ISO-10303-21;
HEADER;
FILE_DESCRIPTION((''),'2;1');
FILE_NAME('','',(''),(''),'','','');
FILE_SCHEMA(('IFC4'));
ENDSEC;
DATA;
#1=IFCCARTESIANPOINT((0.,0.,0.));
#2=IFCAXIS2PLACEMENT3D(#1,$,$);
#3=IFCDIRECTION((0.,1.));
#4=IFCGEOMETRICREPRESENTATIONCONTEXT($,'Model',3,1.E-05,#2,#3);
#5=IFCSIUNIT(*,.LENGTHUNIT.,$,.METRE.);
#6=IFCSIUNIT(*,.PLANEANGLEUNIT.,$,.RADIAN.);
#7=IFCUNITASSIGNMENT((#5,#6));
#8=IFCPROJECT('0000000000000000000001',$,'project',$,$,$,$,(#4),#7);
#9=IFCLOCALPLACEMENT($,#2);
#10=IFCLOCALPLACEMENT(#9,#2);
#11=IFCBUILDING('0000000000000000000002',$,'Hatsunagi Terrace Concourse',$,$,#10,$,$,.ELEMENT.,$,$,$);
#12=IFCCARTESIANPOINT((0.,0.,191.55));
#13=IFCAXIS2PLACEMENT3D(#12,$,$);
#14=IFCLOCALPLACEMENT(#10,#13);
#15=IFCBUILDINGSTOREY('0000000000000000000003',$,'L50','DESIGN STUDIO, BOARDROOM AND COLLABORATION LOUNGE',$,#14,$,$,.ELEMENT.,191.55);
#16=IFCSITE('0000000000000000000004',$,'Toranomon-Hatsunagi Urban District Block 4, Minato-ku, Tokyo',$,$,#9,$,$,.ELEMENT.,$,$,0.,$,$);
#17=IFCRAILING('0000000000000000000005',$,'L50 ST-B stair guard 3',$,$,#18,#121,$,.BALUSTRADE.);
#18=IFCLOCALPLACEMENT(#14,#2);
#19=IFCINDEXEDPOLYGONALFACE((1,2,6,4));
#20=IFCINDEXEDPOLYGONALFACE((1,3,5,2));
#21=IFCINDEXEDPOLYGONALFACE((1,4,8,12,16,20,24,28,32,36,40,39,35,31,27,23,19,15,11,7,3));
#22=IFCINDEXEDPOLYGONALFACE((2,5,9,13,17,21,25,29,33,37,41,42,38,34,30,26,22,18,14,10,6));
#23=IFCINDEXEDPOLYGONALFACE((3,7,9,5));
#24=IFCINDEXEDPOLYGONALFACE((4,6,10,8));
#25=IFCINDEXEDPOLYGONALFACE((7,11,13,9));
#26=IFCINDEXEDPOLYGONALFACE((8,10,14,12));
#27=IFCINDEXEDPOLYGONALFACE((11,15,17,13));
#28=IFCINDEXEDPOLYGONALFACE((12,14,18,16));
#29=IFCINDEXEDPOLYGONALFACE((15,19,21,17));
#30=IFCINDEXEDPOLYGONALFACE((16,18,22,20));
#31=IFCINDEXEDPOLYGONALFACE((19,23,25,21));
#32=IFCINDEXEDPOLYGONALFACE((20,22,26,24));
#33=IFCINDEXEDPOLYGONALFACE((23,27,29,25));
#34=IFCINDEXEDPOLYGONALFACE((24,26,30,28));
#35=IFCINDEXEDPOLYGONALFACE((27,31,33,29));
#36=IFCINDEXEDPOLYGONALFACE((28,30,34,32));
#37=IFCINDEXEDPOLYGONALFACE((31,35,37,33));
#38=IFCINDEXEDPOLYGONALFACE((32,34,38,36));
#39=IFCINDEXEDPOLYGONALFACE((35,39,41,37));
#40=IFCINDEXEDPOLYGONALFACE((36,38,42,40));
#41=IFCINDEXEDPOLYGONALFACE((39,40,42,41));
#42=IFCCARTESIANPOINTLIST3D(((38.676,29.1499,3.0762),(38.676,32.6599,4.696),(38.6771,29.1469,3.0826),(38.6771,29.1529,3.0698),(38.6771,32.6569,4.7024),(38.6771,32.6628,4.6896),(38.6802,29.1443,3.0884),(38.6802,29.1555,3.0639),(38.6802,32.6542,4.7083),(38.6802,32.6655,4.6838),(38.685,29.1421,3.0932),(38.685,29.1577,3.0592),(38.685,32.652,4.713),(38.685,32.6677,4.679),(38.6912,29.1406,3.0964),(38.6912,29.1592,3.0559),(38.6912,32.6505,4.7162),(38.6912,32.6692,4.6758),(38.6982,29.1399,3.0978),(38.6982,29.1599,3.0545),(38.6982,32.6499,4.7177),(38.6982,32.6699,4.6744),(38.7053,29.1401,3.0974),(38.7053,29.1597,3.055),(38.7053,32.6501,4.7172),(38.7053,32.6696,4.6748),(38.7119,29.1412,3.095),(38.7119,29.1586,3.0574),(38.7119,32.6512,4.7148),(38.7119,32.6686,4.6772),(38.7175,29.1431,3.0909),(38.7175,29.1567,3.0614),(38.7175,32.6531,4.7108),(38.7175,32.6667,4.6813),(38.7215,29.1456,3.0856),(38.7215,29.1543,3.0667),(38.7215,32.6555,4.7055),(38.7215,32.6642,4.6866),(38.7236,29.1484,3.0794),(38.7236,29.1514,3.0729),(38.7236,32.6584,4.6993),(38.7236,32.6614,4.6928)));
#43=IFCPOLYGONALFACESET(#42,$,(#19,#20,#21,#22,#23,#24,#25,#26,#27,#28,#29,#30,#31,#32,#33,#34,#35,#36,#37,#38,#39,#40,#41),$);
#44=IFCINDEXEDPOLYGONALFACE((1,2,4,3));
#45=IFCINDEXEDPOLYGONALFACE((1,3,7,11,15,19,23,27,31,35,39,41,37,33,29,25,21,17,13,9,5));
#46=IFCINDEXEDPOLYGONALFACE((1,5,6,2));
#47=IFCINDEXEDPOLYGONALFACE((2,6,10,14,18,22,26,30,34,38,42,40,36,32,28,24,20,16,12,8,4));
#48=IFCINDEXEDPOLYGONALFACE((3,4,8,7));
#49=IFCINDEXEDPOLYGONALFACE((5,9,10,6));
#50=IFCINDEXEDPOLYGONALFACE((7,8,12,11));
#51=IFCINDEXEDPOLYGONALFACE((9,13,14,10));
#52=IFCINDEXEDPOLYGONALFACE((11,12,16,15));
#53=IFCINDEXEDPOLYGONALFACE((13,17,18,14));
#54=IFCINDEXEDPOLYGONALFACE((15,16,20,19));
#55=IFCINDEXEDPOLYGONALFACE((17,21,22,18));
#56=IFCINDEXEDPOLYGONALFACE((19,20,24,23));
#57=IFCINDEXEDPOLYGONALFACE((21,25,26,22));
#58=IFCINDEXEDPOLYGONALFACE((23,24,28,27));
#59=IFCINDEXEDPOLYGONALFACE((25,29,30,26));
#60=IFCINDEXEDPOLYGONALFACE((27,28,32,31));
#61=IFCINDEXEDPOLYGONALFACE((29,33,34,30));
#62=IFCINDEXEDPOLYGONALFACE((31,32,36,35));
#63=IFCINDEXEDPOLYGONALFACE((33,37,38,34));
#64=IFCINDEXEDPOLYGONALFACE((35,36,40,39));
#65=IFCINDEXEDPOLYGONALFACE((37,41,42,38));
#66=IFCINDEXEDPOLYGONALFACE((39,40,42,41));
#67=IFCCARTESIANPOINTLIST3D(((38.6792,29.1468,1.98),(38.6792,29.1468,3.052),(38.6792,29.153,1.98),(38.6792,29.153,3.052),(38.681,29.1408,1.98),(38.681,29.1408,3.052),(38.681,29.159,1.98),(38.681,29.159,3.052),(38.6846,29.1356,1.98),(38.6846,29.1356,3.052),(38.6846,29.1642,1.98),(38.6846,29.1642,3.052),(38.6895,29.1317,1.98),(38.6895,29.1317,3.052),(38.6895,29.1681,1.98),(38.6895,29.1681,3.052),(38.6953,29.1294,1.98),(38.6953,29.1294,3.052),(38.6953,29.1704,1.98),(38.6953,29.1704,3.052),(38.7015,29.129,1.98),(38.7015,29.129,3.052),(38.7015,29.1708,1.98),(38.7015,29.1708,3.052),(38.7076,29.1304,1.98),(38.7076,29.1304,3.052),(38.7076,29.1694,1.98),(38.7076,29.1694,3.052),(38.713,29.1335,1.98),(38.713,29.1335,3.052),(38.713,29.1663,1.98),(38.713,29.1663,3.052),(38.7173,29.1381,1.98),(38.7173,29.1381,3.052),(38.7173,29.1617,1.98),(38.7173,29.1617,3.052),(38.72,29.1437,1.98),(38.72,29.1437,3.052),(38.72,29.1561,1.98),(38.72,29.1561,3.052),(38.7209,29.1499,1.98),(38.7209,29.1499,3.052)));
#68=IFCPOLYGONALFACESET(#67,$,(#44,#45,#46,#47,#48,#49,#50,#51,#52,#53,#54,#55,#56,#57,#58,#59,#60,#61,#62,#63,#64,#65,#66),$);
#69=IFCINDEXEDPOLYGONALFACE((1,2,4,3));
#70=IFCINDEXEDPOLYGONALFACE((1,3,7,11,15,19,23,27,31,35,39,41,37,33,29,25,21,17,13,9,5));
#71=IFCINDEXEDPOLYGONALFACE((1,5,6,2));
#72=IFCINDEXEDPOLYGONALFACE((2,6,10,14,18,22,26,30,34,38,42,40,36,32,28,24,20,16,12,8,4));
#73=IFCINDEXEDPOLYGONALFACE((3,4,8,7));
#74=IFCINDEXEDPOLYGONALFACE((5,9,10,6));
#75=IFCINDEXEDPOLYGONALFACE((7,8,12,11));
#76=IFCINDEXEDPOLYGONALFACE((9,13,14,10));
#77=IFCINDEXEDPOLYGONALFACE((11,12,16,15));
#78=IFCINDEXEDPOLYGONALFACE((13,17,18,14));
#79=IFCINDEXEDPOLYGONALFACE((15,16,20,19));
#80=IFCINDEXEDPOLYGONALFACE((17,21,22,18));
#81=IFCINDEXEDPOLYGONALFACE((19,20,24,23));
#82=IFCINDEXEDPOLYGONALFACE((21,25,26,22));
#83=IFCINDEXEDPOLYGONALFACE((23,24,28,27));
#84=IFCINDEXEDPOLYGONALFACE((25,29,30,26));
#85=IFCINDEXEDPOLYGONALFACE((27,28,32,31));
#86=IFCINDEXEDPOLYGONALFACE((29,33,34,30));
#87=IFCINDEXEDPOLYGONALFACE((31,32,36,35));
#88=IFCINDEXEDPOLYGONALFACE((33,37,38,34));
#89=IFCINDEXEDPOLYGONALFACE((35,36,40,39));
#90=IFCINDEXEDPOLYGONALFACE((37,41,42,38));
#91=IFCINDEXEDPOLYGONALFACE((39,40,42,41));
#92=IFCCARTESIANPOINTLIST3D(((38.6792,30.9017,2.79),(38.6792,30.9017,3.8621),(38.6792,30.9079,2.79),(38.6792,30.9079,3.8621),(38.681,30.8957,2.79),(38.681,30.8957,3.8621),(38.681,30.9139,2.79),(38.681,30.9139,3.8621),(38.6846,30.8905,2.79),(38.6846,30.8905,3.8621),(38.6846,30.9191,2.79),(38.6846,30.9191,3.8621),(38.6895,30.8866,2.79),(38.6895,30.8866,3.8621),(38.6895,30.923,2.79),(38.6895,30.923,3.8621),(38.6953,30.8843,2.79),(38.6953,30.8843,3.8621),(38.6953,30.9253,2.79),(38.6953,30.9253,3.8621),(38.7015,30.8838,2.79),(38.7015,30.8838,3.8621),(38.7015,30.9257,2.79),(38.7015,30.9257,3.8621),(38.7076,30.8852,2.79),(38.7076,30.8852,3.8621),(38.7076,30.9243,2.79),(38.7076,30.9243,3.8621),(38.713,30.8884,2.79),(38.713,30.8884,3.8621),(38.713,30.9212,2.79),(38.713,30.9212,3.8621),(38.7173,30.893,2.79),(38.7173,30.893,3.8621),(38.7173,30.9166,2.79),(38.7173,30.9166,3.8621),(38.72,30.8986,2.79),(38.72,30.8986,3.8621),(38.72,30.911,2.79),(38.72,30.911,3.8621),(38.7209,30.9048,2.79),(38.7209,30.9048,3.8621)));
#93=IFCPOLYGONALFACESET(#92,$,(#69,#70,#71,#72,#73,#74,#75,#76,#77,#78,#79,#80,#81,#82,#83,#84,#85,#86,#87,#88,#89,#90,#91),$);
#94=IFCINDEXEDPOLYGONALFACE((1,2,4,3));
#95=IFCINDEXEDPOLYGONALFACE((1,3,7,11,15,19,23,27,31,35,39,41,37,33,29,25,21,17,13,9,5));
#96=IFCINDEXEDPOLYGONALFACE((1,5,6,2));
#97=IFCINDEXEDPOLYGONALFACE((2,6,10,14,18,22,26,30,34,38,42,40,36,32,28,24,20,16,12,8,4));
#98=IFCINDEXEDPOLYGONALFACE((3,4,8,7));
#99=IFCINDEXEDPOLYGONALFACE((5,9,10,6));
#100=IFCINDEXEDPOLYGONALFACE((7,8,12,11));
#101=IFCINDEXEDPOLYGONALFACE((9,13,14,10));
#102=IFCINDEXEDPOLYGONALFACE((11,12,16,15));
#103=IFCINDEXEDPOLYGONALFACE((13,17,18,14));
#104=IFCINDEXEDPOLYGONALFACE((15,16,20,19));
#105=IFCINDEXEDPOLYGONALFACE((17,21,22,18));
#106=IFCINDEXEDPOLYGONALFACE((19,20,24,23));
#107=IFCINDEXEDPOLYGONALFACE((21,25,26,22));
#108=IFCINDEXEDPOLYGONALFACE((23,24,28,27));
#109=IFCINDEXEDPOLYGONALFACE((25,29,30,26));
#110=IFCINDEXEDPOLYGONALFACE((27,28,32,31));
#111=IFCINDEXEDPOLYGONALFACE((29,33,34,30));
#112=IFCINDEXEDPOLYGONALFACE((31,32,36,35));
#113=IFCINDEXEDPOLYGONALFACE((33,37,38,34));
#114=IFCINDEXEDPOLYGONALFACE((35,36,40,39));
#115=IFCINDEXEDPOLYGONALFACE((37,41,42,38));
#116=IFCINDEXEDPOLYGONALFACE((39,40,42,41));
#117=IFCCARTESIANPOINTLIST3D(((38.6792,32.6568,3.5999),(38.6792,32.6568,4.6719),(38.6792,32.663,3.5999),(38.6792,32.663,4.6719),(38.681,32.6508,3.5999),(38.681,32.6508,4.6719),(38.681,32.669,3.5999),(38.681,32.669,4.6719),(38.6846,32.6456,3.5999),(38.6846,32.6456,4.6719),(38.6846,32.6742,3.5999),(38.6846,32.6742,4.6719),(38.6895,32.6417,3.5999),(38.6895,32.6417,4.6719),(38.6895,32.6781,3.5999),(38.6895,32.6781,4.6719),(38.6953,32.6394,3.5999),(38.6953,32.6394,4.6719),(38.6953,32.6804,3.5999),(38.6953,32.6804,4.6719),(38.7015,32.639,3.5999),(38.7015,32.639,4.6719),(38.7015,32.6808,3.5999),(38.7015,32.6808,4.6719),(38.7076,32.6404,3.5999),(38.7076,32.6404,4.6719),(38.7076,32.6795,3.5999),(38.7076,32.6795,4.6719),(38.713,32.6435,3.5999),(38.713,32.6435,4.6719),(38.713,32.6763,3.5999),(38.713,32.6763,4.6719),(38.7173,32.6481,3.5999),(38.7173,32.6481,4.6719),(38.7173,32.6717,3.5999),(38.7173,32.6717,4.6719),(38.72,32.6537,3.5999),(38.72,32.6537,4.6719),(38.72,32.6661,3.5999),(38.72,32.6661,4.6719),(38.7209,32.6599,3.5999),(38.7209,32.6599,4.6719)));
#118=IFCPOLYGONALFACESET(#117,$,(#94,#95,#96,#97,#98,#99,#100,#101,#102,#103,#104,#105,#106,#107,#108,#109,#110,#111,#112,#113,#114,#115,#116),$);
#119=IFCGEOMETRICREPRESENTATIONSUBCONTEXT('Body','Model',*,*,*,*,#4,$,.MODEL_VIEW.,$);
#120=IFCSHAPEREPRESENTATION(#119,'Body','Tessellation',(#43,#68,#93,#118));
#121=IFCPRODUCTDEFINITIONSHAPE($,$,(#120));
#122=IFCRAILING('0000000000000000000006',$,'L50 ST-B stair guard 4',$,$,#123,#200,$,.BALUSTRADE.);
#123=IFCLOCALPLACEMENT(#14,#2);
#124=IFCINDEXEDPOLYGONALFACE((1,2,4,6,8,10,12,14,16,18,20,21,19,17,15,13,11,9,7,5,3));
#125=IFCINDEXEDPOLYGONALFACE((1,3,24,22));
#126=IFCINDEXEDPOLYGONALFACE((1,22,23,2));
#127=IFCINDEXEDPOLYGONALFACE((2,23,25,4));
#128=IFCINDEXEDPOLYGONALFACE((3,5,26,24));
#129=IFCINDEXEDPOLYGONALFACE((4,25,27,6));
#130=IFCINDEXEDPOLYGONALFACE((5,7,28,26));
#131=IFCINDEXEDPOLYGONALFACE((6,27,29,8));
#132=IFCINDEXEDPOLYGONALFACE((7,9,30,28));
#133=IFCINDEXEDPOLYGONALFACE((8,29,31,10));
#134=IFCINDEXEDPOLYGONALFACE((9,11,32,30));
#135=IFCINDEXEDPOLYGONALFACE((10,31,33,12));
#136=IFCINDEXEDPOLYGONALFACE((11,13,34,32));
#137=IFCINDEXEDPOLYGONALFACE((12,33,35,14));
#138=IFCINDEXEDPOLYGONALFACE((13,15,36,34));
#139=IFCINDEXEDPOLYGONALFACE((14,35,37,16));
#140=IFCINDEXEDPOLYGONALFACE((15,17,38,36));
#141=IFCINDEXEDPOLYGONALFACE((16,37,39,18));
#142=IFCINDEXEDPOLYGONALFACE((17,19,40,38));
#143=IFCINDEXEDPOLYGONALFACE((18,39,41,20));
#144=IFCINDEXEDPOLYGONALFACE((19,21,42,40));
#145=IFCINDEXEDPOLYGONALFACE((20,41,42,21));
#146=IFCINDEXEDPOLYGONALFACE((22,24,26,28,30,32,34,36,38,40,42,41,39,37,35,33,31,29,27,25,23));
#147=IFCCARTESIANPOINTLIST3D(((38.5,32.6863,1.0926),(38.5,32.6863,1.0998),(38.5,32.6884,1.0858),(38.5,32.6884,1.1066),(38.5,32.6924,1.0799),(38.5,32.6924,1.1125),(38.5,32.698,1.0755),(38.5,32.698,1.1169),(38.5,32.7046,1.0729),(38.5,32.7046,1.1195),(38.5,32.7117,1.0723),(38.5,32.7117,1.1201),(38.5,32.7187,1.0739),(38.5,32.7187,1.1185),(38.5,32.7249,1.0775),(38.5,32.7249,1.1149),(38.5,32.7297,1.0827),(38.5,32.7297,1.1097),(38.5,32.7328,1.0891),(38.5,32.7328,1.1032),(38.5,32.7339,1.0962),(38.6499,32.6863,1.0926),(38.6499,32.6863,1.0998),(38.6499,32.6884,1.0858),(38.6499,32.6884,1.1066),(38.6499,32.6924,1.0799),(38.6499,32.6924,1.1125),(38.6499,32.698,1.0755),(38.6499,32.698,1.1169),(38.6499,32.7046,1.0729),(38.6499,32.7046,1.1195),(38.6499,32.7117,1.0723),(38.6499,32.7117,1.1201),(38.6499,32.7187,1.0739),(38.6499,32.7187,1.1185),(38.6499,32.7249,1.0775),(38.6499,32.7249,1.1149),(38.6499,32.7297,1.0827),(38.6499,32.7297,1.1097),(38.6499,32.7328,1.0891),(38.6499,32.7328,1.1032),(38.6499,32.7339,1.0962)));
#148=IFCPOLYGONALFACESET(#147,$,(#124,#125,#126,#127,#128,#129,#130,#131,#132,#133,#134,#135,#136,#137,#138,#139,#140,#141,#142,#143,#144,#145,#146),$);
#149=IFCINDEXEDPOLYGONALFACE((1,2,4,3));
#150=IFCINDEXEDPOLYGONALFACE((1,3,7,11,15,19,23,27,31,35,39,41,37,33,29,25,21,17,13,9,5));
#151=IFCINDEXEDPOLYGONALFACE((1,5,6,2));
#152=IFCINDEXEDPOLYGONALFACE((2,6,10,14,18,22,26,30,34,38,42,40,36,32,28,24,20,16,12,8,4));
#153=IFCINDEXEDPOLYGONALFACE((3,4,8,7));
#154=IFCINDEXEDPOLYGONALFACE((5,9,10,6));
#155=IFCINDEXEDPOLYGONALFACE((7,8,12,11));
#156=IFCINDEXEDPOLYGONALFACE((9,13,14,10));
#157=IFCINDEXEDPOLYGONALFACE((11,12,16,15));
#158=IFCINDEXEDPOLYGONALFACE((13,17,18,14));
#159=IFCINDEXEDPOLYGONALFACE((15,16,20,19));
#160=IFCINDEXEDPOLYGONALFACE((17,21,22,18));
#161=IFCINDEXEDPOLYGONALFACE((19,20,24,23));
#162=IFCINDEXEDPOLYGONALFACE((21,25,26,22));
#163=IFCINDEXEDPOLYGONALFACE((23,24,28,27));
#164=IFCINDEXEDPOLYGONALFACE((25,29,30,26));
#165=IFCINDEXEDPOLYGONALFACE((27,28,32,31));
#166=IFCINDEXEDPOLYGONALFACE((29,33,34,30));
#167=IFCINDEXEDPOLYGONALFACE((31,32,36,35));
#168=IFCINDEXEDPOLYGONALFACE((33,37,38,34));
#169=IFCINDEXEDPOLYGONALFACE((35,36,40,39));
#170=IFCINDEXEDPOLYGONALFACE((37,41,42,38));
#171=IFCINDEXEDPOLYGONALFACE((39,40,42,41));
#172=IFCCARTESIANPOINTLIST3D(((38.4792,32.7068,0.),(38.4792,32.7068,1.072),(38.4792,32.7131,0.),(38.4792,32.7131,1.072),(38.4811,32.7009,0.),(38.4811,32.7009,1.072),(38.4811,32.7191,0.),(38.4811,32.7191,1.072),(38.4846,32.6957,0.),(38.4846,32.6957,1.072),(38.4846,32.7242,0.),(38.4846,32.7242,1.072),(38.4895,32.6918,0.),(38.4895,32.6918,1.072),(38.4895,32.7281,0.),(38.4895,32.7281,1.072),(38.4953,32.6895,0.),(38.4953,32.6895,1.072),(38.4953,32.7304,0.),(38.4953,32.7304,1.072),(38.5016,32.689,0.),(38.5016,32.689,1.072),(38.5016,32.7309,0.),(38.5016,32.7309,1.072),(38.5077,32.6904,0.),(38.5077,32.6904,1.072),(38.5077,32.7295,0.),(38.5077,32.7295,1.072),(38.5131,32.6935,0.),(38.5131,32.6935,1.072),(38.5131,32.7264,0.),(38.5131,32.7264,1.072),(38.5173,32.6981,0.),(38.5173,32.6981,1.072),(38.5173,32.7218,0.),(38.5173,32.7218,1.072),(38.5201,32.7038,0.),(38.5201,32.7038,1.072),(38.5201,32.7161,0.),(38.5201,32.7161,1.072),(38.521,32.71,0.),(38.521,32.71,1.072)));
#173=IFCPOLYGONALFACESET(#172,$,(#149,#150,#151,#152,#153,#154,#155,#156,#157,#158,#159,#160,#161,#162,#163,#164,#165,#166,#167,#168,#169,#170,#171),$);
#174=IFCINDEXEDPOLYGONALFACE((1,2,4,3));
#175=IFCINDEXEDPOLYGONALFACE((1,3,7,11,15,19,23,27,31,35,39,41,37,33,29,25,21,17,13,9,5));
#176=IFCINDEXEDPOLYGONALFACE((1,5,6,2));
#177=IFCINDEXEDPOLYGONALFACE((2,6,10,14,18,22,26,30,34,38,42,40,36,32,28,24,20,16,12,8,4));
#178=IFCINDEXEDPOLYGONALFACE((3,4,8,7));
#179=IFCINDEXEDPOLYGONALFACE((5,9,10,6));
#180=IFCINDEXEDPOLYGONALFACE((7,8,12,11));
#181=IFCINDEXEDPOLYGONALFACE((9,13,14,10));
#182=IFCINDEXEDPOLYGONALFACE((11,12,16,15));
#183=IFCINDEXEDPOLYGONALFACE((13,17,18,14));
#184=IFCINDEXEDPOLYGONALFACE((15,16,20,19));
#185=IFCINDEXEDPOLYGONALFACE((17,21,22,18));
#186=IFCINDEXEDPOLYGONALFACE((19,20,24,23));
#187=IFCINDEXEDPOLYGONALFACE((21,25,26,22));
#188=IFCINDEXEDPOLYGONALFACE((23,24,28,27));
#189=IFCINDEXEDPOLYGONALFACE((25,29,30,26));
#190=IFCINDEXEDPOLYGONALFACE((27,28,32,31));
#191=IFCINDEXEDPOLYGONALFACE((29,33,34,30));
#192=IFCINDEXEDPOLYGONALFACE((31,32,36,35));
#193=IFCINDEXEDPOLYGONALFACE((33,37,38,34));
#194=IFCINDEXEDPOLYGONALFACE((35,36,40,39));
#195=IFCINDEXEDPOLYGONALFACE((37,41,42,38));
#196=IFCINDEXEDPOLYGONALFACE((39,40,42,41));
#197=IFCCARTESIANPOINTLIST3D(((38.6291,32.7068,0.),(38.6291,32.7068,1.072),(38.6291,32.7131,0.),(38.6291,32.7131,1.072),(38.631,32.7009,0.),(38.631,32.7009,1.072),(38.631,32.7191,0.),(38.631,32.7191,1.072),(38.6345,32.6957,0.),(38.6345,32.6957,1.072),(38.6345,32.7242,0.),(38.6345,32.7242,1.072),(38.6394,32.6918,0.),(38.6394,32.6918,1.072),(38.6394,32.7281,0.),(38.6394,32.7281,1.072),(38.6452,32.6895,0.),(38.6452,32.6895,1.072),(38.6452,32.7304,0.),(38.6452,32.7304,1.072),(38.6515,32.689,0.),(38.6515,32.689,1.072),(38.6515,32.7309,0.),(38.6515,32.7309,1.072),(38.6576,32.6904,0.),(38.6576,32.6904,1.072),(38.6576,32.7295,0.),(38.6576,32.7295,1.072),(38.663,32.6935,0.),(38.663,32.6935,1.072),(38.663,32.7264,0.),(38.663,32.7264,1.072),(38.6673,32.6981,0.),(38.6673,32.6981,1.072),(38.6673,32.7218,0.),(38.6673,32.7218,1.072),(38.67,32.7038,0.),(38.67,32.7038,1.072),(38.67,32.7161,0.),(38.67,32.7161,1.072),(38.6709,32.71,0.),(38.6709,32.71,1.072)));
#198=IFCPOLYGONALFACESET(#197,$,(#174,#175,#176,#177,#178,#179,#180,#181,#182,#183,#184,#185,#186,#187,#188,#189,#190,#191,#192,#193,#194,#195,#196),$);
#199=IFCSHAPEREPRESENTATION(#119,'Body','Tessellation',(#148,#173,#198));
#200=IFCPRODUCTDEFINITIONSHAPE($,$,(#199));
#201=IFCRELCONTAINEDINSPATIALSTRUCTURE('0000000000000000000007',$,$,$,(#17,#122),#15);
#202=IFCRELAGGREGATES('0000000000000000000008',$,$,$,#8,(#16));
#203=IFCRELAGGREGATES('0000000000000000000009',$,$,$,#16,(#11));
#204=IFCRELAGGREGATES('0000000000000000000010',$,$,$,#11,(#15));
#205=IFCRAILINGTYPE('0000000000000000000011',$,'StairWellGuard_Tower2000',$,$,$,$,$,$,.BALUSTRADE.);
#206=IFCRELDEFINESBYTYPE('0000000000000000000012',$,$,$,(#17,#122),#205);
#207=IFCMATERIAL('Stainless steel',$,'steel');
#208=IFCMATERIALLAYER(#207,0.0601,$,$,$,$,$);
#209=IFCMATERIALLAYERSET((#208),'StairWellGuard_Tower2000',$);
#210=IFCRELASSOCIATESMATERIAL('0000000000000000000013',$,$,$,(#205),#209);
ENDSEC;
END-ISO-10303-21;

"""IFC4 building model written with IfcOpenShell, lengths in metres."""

from ifc_helpers import new_model, si_unit, direction, frame, origin, origin_2d, place, context, subcontext, project, spatial, circle, extrude, material, layer, layer_set, type_object, element, save


model = new_model("IFC4")

# Units and contexts
model_context = context("Model", 3, precision=1e-05, world=origin(), true_north=direction((0.0, 1.0)))
body_context = subcontext(model_context, "Body", "Model", "MODEL_VIEW")
ifc_project = project(units=[si_unit("LENGTHUNIT", "METRE"), si_unit("PLANEANGLEUNIT", "RADIAN")], contexts=[model_context])

# Site, building, storey
site_placement = place(None, origin())
site = spatial("IfcSite", under=ifc_project, at=site_placement, Name="Toranomon-Hatsunagi Urban District Block 4, Minato-ku, Tokyo", CompositionType="ELEMENT", RefElevation=0.0)
building_placement = place(site_placement, origin())
building = spatial("IfcBuilding", under=site, at=building_placement, Name="Hatsunagi Terrace Concourse", CompositionType="ELEMENT")
storey_placement = place(building_placement, frame((0.0, 0.0, 191.55)))
storey = spatial("IfcBuildingStorey", under=building, at=storey_placement, Name="L50", Description="DESIGN STUDIO, BOARDROOM AND COLLABORATION LOUNGE", CompositionType="ELEMENT", Elevation=191.55)

# Railings
ifc_material_1 = material(Name="Stainless steel", Category="steel")
ifc_layer_1 = layer(ifc_material_1, 0.0601)
ifc_layer_set_1 = layer_set([ifc_layer_1], Name="StairWellGuard_Tower2000")
railing_type_1 = type_object("IfcRailingType", Name="StairWellGuard_Tower2000", PredefinedType="BALUSTRADE", material=ifc_layer_set_1)
railing_1_placement = place(storey_placement, frame((38.7, 29.1499, 1.98)))
element("IfcRailing", 1, at=railing_1_placement, inside=storey, type_object=railing_type_1, Name="L50 ST-B stair guard 3", PredefinedType="BALUSTRADE", context=body_context, shape_type="SweptSolid", body=[
    extrude(circle(Radius=0.0239, at=origin_2d()), frame((0.0, 0.0, 1.0962), z_axis=(0.0, 0.907972, 0.41903), x_axis=(-1.0, 0.0, 0.0)), (0.0, 0.0, 1.0), 3.8657),
    extrude(circle(Radius=0.021, at=origin_2d()), origin(), (0.0, 0.0, 1.0), 1.072),
    extrude(circle(Radius=0.021, at=origin_2d()), frame((0.0, 1.7549, 0.8101)), (0.0, 0.0, 1.0), 1.072),
    extrude(circle(Radius=0.021, at=origin_2d()), frame((0.0, 3.51, 1.6199)), (0.0, 0.0, 1.0), 1.072),
])
railing_2_placement = place(storey_placement, frame((38.5, 32.71, 0.0)))
element("IfcRailing", 2, at=railing_2_placement, inside=storey, type_object=railing_type_1, Name="L50 ST-B stair guard 4", PredefinedType="BALUSTRADE", context=body_context, shape_type="SweptSolid", body=[
    extrude(circle(Radius=0.0239, at=origin_2d()), frame((0.0, 0.0, 1.0962), z_axis=(1.0, 0.0, 0.0), x_axis=(0.0, 1.0, 0.0)), (0.0, 0.0, 1.0), 0.1499),
    extrude(circle(Radius=0.021, at=origin_2d()), origin(), (0.0, 0.0, 1.0), 1.072),
    extrude(circle(Radius=0.021, at=origin_2d()), frame((0.1499, 0.0, 0.0)), (0.0, 0.0, 1.0), 1.072),
])

save(model, "model.ifc")
